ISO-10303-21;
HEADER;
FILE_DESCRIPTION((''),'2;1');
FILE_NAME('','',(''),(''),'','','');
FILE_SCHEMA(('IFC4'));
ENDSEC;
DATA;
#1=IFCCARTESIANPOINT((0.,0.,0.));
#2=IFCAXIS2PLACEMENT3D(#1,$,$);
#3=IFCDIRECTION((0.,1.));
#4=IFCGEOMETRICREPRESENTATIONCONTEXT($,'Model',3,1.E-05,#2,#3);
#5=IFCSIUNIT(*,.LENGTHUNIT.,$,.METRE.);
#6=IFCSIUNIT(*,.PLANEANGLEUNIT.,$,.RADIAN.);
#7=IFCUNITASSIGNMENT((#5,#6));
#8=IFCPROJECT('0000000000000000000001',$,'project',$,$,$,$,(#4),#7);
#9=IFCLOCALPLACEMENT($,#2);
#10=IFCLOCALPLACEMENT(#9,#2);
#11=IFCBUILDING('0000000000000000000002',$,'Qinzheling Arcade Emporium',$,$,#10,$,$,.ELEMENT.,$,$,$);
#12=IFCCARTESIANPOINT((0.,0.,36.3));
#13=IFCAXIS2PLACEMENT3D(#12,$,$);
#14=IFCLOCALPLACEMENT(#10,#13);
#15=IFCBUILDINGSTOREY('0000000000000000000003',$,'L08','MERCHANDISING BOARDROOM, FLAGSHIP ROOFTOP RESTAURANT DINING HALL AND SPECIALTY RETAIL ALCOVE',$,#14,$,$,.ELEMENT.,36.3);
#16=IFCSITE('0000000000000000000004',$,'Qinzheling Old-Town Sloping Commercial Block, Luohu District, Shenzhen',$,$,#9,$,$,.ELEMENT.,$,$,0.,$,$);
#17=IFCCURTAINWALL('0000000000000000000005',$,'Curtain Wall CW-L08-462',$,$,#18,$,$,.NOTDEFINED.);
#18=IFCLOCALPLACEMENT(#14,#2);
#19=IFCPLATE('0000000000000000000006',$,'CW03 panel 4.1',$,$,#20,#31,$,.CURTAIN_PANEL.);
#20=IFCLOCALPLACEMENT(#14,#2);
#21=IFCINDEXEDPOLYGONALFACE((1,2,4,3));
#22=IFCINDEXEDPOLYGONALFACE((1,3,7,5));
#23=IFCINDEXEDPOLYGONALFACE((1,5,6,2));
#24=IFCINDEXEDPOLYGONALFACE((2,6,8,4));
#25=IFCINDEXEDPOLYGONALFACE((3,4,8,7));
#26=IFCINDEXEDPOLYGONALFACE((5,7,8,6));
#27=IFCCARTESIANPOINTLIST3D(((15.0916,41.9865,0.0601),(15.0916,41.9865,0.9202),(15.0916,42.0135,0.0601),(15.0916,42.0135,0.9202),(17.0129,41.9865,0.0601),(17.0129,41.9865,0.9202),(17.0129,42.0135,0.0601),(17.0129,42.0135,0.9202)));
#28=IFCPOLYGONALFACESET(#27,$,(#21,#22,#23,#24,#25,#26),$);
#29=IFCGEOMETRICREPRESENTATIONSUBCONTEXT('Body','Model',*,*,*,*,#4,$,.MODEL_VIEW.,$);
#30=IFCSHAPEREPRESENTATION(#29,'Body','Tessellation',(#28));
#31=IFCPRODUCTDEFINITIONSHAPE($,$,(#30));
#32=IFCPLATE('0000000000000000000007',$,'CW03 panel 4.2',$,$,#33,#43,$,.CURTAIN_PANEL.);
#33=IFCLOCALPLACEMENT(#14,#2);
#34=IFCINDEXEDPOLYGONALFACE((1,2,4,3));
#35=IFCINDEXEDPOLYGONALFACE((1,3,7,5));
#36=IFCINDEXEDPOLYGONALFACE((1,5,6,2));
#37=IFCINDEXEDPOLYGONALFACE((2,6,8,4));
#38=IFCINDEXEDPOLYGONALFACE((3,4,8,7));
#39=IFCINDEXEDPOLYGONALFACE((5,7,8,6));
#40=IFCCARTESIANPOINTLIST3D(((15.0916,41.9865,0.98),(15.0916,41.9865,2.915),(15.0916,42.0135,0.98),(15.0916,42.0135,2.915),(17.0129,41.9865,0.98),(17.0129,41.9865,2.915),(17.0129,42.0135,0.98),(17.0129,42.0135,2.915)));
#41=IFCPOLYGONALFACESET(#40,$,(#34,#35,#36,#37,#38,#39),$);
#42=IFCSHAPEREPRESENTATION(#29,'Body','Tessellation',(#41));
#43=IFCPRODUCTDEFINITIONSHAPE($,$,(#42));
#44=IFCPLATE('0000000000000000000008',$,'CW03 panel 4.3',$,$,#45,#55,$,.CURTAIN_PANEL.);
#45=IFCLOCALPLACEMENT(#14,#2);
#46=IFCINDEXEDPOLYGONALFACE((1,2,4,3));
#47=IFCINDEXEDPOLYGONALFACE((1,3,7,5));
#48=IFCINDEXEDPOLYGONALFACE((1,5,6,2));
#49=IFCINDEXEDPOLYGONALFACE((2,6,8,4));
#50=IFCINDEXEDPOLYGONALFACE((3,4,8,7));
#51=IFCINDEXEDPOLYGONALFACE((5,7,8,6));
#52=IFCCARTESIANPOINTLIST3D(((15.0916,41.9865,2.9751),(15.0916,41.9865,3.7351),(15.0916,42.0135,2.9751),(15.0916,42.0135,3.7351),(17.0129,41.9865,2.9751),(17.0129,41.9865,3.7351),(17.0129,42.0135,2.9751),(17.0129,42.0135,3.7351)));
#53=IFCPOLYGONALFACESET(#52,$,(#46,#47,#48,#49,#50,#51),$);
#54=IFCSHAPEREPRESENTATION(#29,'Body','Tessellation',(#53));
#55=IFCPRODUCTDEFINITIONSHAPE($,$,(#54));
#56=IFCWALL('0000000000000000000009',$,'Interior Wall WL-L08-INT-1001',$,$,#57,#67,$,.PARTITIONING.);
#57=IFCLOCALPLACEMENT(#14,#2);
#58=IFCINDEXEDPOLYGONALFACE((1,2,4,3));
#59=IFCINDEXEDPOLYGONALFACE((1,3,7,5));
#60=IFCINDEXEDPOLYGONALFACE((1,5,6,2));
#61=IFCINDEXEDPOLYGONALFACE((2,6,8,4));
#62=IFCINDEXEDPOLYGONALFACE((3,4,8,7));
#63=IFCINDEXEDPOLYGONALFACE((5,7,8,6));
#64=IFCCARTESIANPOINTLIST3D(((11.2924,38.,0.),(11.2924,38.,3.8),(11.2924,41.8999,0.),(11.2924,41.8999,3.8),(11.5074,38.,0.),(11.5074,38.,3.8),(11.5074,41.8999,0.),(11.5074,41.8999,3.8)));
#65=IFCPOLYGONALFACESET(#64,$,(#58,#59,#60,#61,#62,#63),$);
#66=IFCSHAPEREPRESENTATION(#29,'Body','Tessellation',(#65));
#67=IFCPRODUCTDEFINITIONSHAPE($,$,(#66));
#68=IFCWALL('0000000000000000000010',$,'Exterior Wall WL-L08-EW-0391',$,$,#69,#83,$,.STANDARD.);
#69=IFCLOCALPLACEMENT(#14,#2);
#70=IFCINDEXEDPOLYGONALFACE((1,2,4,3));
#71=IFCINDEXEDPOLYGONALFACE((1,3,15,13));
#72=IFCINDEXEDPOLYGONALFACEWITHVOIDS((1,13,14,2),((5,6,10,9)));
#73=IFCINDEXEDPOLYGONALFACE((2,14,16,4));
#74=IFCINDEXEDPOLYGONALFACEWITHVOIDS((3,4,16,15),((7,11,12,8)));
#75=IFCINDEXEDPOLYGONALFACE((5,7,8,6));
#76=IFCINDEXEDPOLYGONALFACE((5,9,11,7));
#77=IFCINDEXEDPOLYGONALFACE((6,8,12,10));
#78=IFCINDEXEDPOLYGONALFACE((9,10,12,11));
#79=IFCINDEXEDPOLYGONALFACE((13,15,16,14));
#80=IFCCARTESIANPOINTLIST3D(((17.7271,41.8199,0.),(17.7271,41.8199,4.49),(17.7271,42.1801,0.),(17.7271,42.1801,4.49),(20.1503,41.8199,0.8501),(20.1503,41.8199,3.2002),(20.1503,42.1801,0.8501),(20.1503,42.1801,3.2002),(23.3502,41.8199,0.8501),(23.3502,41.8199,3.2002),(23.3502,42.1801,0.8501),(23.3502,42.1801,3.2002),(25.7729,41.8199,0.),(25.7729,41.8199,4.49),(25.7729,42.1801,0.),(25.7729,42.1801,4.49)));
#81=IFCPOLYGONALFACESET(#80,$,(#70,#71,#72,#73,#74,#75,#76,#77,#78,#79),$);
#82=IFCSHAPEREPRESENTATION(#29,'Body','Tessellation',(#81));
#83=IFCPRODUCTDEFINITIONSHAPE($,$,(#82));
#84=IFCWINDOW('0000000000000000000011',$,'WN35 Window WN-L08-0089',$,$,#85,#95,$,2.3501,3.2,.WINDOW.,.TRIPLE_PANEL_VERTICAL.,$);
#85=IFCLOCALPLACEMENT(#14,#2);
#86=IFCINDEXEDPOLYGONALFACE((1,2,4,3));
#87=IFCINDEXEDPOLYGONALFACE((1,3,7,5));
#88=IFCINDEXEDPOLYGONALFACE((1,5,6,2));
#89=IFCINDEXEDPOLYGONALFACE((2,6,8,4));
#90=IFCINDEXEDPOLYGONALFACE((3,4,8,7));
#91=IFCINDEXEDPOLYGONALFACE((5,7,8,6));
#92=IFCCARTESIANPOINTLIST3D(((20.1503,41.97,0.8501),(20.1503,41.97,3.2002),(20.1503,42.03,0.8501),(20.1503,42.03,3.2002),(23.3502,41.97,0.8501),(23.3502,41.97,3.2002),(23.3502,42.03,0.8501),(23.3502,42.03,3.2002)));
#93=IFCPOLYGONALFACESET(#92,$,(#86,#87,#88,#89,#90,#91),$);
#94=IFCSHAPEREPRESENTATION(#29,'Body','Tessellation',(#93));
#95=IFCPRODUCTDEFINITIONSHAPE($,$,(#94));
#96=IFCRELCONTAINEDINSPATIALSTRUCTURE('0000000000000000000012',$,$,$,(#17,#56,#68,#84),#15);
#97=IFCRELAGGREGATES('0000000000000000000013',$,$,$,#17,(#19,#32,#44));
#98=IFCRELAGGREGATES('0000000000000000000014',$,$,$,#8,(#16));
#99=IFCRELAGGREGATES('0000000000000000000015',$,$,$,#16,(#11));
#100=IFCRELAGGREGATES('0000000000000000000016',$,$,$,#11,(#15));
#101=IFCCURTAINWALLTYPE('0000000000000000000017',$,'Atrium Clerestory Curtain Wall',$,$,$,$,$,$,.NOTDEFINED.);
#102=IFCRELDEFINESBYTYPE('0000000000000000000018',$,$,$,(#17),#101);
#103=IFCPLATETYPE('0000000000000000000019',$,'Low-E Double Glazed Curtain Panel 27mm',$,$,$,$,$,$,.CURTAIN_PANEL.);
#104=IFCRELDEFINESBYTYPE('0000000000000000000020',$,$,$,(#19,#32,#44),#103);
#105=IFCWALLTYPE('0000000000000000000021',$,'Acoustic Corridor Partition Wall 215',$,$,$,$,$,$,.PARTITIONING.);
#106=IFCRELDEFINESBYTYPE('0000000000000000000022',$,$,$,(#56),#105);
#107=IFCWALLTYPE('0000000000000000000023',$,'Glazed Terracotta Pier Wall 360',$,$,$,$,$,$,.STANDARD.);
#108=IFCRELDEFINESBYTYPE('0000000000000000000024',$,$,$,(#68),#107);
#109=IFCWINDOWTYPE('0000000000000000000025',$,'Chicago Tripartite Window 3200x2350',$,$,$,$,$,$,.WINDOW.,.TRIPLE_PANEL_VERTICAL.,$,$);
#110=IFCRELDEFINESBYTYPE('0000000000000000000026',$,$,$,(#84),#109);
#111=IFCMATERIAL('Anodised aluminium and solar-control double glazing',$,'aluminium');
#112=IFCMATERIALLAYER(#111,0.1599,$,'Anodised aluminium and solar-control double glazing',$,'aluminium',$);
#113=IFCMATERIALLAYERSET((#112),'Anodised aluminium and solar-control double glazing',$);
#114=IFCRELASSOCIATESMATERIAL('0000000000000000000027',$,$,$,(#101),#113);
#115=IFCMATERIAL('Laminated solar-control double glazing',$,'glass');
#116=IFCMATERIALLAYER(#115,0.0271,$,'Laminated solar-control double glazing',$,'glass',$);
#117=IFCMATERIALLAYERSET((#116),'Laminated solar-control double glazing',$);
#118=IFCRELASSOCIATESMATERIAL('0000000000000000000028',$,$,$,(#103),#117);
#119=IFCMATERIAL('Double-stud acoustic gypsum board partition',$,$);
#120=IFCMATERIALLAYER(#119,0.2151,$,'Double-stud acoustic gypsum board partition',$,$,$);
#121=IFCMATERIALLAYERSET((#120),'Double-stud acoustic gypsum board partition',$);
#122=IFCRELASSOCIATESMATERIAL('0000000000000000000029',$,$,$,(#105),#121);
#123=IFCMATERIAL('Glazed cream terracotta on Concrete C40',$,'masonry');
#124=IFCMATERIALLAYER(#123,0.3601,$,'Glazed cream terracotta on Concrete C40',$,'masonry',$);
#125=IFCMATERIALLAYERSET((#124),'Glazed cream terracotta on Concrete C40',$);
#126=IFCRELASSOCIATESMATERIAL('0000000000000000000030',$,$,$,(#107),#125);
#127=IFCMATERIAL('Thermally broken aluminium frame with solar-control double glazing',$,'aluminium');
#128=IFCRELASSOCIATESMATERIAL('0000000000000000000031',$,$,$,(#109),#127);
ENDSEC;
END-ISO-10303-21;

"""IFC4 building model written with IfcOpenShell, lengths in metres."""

from ifc_helpers import new_model, si_unit, direction, frame, frame_2d, origin, origin_2d, place, context, subcontext, project, spatial, rectangle, extrude, material, layer, layer_set, type_object, element, fill, aggregate, save


model = new_model("IFC4")

# Units and contexts
model_context = context("Model", 3, precision=1e-05, world=origin(), true_north=direction((0.0, 1.0)))
body_context = subcontext(model_context, "Body", "Model", "MODEL_VIEW")
ifc_project = project(units=[si_unit("LENGTHUNIT", "METRE"), si_unit("PLANEANGLEUNIT", "RADIAN")], contexts=[model_context])

# Site, building, storey
site_placement = place(None, origin())
site = spatial("IfcSite", under=ifc_project, at=site_placement, Name="Qinzheling Old-Town Sloping Commercial Block, Luohu District, Shenzhen", CompositionType="ELEMENT", RefElevation=0.0)
building_placement = place(site_placement, origin())
building = spatial("IfcBuilding", under=site, at=building_placement, Name="Qinzheling Arcade Emporium", CompositionType="ELEMENT")
storey_placement = place(building_placement, frame((0.0, 0.0, 36.3)))
storey = spatial("IfcBuildingStorey", under=building, at=storey_placement, Name="L08", Description="MERCHANDISING BOARDROOM, FLAGSHIP ROOFTOP RESTAURANT DINING HALL AND SPECIALTY RETAIL ALCOVE", CompositionType="ELEMENT", Elevation=36.3)

# Curtain wall
ifc_material_1 = material(Name="Anodised aluminium and solar-control double glazing", Category="aluminium")
ifc_layer_1 = layer(ifc_material_1, 0.1599, Name="Anodised aluminium and solar-control double glazing", Category="aluminium")
ifc_layer_set_1 = layer_set([ifc_layer_1], Name="Anodised aluminium and solar-control double glazing")
curtain_wall_type = type_object("IfcCurtainWallType", Name="Atrium Clerestory Curtain Wall", PredefinedType="NOTDEFINED", material=ifc_layer_set_1)
curtain_wall_placement = place(storey_placement, origin())
curtain_wall = element("IfcCurtainWall", 1, at=curtain_wall_placement, inside=storey, type_object=curtain_wall_type, Name="Curtain Wall CW-L08-462", PredefinedType="NOTDEFINED")

# Plates
ifc_material_2 = material(Name="Laminated solar-control double glazing", Category="glass")
ifc_layer_2 = layer(ifc_material_2, 0.0271, Name="Laminated solar-control double glazing", Category="glass")
ifc_layer_set_2 = layer_set([ifc_layer_2], Name="Laminated solar-control double glazing")
plate_type = type_object("IfcPlateType", Name="Low-E Double Glazed Curtain Panel 27mm", PredefinedType="CURTAIN_PANEL", material=ifc_layer_set_2)
plate_1_placement = place(storey_placement, frame((16.0522, 42.0, 0.0601), z_axis=(0.0, 0.0, 1.0), x_axis=(1.0, 0.0, 0.0)))
plate_1 = element("IfcPlate", 2, at=plate_1_placement, type_object=plate_type, Name="CW03 panel 4.1", PredefinedType="CURTAIN_PANEL", context=body_context, shape_type="SweptSolid", body=[
    extrude(rectangle(XDim=1.9214, YDim=0.0271, at=origin_2d()), origin(), (0.0, 0.0, 1.0), 0.8601),
])
plate_2_placement = place(storey_placement, frame((16.0522, 42.0, 0.98), z_axis=(0.0, 0.0, 1.0), x_axis=(1.0, 0.0, 0.0)))
plate_2 = element("IfcPlate", 3, at=plate_2_placement, type_object=plate_type, Name="CW03 panel 4.2", PredefinedType="CURTAIN_PANEL", context=body_context, shape_type="SweptSolid", body=[
    extrude(rectangle(XDim=1.9214, YDim=0.0271, at=origin_2d()), origin(), (0.0, 0.0, 1.0), 1.9351),
])
plate_3_placement = place(storey_placement, frame((16.0522, 42.0, 2.9751), z_axis=(0.0, 0.0, 1.0), x_axis=(1.0, 0.0, 0.0)))
plate_3 = element("IfcPlate", 4, at=plate_3_placement, type_object=plate_type, Name="CW03 panel 4.3", PredefinedType="CURTAIN_PANEL", context=body_context, shape_type="SweptSolid", body=[
    extrude(rectangle(XDim=1.9214, YDim=0.0271, at=origin_2d()), origin(), (0.0, 0.0, 1.0), 0.76),
])
aggregate(curtain_wall, [plate_1, plate_2, plate_3])

# Wall
ifc_material_3 = material(Name="Double-stud acoustic gypsum board partition")
ifc_layer_3 = layer(ifc_material_3, 0.2151, Name="Double-stud acoustic gypsum board partition")
ifc_layer_set_3 = layer_set([ifc_layer_3], Name="Double-stud acoustic gypsum board partition")
wall_type_1 = type_object("IfcWallType", Name="Acoustic Corridor Partition Wall 215", PredefinedType="PARTITIONING", material=ifc_layer_set_3)
wall_1_placement = place(storey_placement, frame((11.3999, 41.8999, 0.0), z_axis=(0.0, 0.0, 1.0), x_axis=(0.0, -1.0, 0.0)))
element("IfcWall", 5, at=wall_1_placement, inside=storey, type_object=wall_type_1, Name="Interior Wall WL-L08-INT-1001", PredefinedType="PARTITIONING", context=body_context, shape_type="SweptSolid", body=[
    extrude(rectangle(XDim=3.8999, YDim=0.2151, at=frame_2d((1.95, 0.0))), origin(), (0.0, 0.0, 1.0), 3.8),
])

# Wall, opening, window
ifc_material_4 = material(Name="Glazed cream terracotta on Concrete C40", Category="masonry")
ifc_layer_4 = layer(ifc_material_4, 0.3601, Name="Glazed cream terracotta on Concrete C40", Category="masonry")
ifc_layer_set_4 = layer_set([ifc_layer_4], Name="Glazed cream terracotta on Concrete C40")
wall_type_2 = type_object("IfcWallType", Name="Glazed Terracotta Pier Wall 360", PredefinedType="STANDARD", material=ifc_layer_set_4)
wall_2_placement = place(storey_placement, frame((17.7271, 42.0, 0.0), z_axis=(0.0, 0.0, 1.0), x_axis=(1.0, 0.0, 0.0)))
wall_2 = element("IfcWall", 6, at=wall_2_placement, inside=storey, type_object=wall_type_2, Name="Exterior Wall WL-L08-EW-0391", PredefinedType="STANDARD", context=body_context, shape_type="SweptSolid", body=[
    extrude(rectangle(XDim=8.0459, YDim=0.3601, at=frame_2d((4.0229, 0.0))), origin(), (0.0, 0.0, 1.0), 4.49),
])
opening_placement = place(wall_2_placement, frame((2.4231, 0.0, 0.8501)))
opening = element("IfcOpeningElement", 7, at=opening_placement, cuts=wall_2, PredefinedType="OPENING", context=body_context, shape_type="SweptSolid", body=[
    extrude(rectangle(XDim=3.2, YDim=2.3501, at=frame_2d((1.6001, 1.175))), frame((0.0, 0.1899, 0.0), z_axis=(0.0, -1.0, 0.0), x_axis=(1.0, 0.0, 0.0)), (0.0, 0.0, 1.0), 0.3801),
])
ifc_material_5 = material(Name="Thermally broken aluminium frame with solar-control double glazing", Category="aluminium")
window_type = type_object("IfcWindowType", Name="Chicago Tripartite Window 3200x2350", PartitioningType="TRIPLE_PANEL_VERTICAL", PredefinedType="WINDOW", material=ifc_material_5)
window_placement = place(opening_placement, origin())
window = element("IfcWindow", 8, at=window_placement, inside=storey, type_object=window_type, Name="WN35 Window WN-L08-0089", OverallHeight=2.3501, OverallWidth=3.2, PartitioningType="TRIPLE_PANEL_VERTICAL", PredefinedType="WINDOW", context=body_context, shape_type="SweptSolid", body=[
    extrude(rectangle(XDim=3.2, YDim=2.3501, at=frame_2d((1.6001, 1.175))), frame((0.0, 0.03, 0.0), z_axis=(0.0, -1.0, 0.0), x_axis=(1.0, 0.0, 0.0)), (0.0, 0.0, 1.0), 0.0601),
])
fill(opening, window)

save(model, "model.ifc")
